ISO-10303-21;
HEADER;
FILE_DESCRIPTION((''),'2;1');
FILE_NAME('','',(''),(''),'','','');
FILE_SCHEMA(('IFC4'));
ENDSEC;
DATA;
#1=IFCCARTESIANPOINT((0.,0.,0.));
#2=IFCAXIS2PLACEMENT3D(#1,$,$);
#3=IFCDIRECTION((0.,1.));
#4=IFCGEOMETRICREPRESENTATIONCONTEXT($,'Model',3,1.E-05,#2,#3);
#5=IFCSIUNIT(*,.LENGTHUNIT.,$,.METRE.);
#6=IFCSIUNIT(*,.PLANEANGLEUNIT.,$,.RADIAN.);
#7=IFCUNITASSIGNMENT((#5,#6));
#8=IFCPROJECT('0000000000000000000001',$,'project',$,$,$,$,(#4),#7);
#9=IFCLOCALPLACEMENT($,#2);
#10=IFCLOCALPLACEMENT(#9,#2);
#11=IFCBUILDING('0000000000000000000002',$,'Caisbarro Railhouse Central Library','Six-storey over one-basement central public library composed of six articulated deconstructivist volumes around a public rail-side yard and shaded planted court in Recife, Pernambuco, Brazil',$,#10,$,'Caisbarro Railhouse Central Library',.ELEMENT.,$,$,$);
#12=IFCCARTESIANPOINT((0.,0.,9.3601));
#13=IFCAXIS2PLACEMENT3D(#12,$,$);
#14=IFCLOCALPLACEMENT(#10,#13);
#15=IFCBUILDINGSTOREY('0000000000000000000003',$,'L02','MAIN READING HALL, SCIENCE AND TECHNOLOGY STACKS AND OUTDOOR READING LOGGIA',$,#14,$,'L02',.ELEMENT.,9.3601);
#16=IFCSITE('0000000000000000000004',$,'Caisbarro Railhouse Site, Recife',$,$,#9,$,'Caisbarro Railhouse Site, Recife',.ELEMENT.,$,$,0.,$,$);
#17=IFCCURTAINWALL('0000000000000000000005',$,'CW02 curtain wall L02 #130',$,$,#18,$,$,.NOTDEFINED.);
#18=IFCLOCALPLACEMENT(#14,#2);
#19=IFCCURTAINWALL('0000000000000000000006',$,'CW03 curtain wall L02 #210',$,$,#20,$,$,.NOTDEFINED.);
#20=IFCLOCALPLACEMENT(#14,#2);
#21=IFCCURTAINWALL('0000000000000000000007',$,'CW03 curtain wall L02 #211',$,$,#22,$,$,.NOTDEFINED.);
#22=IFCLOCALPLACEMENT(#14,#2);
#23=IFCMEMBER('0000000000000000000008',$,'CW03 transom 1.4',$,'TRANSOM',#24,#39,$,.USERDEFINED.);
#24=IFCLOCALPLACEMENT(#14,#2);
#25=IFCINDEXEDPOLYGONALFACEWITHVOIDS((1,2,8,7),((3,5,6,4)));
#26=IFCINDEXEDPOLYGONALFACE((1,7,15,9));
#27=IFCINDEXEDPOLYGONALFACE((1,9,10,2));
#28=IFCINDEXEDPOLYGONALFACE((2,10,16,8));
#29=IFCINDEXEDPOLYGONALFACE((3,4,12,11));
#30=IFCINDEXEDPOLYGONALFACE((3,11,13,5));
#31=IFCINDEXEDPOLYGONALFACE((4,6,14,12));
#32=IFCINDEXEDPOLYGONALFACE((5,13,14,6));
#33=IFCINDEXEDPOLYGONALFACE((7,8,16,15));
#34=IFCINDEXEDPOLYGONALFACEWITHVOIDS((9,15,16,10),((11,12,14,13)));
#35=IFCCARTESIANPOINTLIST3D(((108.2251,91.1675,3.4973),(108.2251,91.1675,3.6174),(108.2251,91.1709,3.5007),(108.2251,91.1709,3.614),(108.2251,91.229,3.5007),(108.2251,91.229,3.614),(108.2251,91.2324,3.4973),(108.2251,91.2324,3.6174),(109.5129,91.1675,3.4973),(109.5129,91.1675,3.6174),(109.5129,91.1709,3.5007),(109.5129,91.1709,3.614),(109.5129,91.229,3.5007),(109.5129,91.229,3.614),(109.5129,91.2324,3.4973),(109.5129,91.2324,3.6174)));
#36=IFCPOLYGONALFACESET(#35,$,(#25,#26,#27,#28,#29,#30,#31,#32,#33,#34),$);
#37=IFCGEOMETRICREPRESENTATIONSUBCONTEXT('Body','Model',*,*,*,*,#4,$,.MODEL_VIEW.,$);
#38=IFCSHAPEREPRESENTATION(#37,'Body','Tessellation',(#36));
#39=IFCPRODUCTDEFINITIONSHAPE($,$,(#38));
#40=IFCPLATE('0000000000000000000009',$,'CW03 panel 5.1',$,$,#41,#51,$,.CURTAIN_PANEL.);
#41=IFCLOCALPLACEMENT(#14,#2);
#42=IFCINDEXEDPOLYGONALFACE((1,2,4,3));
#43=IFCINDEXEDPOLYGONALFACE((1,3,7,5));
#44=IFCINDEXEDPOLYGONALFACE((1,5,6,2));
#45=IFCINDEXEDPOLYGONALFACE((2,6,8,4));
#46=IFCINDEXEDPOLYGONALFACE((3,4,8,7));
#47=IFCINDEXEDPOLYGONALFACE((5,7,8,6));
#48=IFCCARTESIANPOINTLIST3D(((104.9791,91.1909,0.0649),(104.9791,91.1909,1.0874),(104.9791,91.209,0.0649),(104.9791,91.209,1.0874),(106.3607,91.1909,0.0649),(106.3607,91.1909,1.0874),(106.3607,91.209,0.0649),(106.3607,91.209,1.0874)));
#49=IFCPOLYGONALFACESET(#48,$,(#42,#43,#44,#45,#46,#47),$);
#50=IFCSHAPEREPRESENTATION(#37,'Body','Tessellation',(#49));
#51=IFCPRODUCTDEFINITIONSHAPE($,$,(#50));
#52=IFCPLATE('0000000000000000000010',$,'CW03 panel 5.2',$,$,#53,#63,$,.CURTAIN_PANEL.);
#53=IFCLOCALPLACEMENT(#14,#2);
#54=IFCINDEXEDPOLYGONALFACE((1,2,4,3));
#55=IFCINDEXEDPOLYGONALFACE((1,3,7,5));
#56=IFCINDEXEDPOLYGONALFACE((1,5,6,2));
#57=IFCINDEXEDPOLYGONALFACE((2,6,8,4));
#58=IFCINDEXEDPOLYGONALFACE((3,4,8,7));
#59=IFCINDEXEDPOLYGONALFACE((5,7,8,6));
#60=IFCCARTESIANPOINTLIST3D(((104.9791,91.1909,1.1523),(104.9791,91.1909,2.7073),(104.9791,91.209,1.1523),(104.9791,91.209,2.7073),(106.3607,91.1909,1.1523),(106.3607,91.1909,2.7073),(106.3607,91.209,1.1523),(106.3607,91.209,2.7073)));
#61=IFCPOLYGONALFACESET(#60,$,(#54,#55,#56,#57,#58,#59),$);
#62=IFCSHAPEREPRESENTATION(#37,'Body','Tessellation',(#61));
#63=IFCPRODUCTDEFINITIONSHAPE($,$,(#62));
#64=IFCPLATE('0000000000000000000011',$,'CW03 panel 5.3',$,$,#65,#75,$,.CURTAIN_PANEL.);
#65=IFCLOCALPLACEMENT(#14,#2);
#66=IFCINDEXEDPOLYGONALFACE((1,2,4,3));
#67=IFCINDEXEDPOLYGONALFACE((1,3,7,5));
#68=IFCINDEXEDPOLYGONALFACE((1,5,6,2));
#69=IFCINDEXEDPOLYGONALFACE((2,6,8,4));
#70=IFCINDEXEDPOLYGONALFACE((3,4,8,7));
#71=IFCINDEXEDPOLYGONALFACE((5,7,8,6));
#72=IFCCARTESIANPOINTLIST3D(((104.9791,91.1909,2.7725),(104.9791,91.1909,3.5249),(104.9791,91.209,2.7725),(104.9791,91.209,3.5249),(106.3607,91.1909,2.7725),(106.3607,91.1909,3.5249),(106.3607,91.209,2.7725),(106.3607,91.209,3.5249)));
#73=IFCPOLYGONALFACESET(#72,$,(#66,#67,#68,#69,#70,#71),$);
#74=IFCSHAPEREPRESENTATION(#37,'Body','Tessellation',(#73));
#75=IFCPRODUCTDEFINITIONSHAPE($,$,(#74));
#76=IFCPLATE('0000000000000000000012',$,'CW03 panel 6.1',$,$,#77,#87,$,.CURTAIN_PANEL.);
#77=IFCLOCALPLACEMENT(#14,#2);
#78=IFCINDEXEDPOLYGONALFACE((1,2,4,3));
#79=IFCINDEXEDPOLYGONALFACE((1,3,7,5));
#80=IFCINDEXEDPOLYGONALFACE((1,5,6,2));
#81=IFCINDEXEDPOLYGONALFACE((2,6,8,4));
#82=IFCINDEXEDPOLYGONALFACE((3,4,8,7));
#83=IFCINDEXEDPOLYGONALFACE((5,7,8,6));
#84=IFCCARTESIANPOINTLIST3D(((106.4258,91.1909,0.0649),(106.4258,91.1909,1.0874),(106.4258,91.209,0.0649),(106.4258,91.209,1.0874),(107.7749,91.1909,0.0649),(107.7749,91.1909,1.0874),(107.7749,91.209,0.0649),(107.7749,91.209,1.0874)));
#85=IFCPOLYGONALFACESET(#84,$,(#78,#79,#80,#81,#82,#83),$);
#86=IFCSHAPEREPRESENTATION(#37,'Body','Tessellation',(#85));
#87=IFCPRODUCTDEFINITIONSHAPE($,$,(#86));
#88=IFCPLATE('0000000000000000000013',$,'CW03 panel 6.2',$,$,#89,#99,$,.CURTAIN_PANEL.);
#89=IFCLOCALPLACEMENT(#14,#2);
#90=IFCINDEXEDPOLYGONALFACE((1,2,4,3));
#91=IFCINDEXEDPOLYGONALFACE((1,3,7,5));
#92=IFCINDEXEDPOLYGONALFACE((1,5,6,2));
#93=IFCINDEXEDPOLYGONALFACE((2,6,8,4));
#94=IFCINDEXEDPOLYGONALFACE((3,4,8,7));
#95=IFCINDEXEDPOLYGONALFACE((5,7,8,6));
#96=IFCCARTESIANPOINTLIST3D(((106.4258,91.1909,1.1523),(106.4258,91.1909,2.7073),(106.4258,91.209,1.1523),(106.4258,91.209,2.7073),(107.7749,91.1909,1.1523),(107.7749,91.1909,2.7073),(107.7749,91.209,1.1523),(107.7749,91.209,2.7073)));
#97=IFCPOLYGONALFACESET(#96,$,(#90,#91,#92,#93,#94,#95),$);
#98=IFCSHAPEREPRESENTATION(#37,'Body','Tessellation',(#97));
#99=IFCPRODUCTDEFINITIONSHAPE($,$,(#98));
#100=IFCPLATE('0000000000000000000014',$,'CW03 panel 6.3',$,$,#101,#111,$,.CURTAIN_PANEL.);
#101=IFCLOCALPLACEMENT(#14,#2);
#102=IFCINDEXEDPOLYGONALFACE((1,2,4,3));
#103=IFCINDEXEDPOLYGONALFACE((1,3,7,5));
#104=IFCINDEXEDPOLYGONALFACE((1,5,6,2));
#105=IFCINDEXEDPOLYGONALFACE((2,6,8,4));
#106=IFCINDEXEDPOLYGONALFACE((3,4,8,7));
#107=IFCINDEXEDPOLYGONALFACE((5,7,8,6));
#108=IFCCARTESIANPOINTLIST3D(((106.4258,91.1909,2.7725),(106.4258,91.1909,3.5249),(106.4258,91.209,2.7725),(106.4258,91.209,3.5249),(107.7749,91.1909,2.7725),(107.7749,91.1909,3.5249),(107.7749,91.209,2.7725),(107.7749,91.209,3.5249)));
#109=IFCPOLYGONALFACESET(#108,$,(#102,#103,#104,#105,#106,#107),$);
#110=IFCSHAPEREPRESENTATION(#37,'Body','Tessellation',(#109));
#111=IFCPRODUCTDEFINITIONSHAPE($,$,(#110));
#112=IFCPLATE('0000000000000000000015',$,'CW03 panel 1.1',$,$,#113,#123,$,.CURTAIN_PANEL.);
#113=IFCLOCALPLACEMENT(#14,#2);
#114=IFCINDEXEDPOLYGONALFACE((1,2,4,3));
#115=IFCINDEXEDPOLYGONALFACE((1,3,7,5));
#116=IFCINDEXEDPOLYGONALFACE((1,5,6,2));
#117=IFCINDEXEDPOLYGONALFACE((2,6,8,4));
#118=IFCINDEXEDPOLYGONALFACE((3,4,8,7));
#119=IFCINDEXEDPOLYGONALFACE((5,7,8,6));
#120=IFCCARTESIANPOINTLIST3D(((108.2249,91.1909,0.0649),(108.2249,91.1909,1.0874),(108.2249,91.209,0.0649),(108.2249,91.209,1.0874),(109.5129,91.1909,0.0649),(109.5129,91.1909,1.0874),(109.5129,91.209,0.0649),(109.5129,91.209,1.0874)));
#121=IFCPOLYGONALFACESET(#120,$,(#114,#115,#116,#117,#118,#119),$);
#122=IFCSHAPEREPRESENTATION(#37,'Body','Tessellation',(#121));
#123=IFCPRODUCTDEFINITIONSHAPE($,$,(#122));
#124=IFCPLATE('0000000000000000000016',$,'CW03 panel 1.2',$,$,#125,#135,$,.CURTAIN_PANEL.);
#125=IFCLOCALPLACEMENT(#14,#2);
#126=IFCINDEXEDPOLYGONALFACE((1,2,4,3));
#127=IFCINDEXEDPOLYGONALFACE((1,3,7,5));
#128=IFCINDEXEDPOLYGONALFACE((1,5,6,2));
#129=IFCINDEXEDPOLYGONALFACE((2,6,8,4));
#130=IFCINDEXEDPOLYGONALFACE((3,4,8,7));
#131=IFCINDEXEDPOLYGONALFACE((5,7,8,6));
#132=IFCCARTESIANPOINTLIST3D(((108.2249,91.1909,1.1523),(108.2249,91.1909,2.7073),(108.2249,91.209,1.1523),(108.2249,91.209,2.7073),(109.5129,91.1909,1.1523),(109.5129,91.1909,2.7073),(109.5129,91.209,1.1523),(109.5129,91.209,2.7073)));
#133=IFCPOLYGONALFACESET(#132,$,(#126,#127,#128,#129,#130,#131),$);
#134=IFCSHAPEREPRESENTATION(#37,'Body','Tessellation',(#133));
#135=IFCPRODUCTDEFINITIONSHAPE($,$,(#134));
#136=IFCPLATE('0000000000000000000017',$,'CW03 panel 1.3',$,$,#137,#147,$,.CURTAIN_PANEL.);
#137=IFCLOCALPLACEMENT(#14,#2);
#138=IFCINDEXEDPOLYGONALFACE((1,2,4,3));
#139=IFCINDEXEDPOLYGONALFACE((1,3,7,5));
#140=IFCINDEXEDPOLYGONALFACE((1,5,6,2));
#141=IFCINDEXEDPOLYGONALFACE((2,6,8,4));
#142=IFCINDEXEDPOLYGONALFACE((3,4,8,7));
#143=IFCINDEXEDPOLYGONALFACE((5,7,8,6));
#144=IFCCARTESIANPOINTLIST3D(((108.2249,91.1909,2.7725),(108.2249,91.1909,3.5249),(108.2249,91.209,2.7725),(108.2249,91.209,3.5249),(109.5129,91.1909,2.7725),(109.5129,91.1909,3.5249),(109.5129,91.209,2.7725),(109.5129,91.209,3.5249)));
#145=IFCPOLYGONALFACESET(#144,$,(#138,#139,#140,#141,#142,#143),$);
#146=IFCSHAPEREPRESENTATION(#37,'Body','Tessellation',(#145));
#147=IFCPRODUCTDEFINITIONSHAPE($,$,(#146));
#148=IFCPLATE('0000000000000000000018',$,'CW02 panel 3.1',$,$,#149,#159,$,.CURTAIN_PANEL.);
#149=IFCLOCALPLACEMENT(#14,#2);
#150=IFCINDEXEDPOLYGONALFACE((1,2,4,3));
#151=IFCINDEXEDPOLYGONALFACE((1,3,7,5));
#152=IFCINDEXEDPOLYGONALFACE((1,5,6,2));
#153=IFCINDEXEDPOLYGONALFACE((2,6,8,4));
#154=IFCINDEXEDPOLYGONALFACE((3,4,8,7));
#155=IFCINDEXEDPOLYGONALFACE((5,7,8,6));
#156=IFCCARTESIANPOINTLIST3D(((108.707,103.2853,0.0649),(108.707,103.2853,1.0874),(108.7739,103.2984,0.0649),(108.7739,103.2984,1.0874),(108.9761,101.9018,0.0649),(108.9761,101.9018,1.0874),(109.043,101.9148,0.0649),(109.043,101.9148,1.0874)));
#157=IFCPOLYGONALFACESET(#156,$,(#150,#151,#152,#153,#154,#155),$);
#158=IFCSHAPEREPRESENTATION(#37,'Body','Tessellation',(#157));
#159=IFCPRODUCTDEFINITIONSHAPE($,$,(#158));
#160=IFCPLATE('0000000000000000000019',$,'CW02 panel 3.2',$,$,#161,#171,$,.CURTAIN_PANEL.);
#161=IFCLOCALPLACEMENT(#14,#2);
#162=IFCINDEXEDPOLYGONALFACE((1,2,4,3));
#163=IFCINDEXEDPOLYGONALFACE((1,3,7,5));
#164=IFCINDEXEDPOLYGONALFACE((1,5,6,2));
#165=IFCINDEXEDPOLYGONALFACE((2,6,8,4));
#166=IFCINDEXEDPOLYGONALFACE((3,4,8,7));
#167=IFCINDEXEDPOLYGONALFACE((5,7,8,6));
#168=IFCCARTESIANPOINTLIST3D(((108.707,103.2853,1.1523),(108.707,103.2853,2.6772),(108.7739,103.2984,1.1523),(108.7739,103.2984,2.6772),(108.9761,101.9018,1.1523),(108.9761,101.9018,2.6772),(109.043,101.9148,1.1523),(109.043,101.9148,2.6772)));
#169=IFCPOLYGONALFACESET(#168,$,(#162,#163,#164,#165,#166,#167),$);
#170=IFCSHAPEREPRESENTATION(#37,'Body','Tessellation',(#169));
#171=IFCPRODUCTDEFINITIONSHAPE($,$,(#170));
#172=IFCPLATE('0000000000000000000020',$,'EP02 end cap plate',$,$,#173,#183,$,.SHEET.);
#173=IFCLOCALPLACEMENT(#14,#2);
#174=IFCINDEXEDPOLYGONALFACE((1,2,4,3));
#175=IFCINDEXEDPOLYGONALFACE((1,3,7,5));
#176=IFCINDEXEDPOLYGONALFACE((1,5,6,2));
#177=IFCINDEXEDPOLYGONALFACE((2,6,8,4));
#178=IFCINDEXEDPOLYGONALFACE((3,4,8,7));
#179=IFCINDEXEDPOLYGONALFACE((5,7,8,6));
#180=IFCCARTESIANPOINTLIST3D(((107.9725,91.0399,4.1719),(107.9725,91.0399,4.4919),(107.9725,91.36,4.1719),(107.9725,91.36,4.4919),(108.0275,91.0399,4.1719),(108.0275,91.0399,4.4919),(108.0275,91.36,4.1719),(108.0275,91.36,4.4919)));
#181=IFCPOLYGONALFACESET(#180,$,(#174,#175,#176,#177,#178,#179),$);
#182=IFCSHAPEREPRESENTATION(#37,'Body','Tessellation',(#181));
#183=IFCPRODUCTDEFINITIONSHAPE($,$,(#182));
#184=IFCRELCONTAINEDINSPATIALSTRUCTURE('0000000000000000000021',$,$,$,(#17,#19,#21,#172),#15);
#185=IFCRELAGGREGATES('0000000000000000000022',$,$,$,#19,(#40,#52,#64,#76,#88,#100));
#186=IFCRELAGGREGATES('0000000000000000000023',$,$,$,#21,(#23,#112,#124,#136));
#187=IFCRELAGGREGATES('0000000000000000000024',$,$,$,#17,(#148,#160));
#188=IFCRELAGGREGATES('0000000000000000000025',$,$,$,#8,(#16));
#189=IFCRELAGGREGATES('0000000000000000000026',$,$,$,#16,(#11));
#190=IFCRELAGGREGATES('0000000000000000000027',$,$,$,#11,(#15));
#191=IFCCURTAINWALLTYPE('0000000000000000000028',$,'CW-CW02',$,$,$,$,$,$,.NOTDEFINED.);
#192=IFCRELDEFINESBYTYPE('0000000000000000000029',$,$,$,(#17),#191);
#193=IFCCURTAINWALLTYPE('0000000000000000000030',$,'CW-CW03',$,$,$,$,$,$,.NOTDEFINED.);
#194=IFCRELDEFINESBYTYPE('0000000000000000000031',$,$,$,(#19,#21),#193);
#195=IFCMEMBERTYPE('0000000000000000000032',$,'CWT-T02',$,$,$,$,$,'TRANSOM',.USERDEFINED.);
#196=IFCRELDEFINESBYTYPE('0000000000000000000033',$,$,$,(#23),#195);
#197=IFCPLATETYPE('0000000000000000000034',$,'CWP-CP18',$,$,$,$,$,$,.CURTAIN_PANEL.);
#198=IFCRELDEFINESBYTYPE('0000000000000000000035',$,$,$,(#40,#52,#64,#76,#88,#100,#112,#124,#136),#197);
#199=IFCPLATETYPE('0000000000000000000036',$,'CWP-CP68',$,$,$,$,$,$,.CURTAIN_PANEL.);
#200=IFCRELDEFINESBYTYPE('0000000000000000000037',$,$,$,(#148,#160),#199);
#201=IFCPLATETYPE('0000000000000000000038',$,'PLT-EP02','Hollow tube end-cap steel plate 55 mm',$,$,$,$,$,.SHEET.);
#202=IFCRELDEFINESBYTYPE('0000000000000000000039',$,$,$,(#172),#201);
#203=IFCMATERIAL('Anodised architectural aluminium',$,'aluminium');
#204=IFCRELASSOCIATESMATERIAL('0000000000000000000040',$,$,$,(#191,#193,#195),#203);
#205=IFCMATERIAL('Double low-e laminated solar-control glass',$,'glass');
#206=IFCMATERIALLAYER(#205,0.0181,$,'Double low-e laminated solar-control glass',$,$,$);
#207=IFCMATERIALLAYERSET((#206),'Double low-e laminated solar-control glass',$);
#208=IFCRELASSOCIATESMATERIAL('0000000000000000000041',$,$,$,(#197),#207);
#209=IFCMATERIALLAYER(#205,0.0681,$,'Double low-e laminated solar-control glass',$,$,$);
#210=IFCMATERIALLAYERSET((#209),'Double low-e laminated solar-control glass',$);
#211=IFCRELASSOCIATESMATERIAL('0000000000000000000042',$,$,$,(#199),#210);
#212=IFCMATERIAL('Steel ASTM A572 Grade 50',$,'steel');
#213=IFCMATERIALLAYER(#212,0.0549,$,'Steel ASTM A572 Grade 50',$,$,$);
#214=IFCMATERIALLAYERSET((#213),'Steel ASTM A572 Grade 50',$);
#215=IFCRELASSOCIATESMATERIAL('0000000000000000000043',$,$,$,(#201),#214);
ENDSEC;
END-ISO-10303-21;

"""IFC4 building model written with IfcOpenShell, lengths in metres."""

from ifc_helpers import new_model, si_unit, direction, frame, origin, origin_2d, place, context, subcontext, project, spatial, rectangle, hollow_rectangle, extrude, material, layer, layer_set, material_profile, profile_set, type_object, element, aggregate, save


model = new_model("IFC4")

# Units and contexts
model_context = context("Model", 3, precision=1e-05, world=origin(), true_north=direction((0.0, 1.0)))
body_context = subcontext(model_context, "Body", "Model", "MODEL_VIEW")
ifc_project = project(units=[si_unit("LENGTHUNIT", "METRE"), si_unit("PLANEANGLEUNIT", "RADIAN")], contexts=[model_context])

# Site, building, storey
site_placement = place(None, origin())
site = spatial("IfcSite", under=ifc_project, at=site_placement, Name="Caisbarro Railhouse Site, Recife", LongName="Caisbarro Railhouse Site, Recife", CompositionType="ELEMENT", RefElevation=0.0)
building_placement = place(site_placement, origin())
building = spatial("IfcBuilding", under=site, at=building_placement, Name="Caisbarro Railhouse Central Library", Description="Six-storey over one-basement central public library composed of six articulated deconstructivist volumes around a public rail-side yard and shaded planted court in Recife, Pernambuco, Brazil", LongName="Caisbarro Railhouse Central Library", CompositionType="ELEMENT")
storey_placement = place(building_placement, frame((0.0, 0.0, 9.3601)))
storey = spatial("IfcBuildingStorey", under=building, at=storey_placement, Name="L02", Description="MAIN READING HALL, SCIENCE AND TECHNOLOGY STACKS AND OUTDOOR READING LOGGIA", LongName="L02", CompositionType="ELEMENT", Elevation=9.3601)

# Shared definitions
ifc_material_1 = material(Name="Steel ASTM A572 Grade 50", Category="steel")

# Curtain wall
ifc_material_2 = material(Name="Anodised architectural aluminium", Category="aluminium")
curtain_wall_type_1 = type_object("IfcCurtainWallType", Name="CW-CW02", PredefinedType="NOTDEFINED", material=ifc_material_2)
curtain_wall_1_placement = place(storey_placement, origin())
curtain_wall_1 = element("IfcCurtainWall", 1, at=curtain_wall_1_placement, inside=storey, type_object=curtain_wall_type_1, Name="CW02 curtain wall L02 #130", PredefinedType="NOTDEFINED")

# Curtain wall
curtain_wall_type_2 = type_object("IfcCurtainWallType", Name="CW-CW03", PredefinedType="NOTDEFINED", material=ifc_material_2)
curtain_wall_2_placement = place(storey_placement, origin())
curtain_wall_2 = element("IfcCurtainWall", 2, at=curtain_wall_2_placement, inside=storey, type_object=curtain_wall_type_2, Name="CW03 curtain wall L02 #210", PredefinedType="NOTDEFINED")

# Curtain wall
curtain_wall_3_placement = place(storey_placement, origin())
curtain_wall_3 = element("IfcCurtainWall", 3, at=curtain_wall_3_placement, inside=storey, type_object=curtain_wall_type_2, Name="CW03 curtain wall L02 #211", PredefinedType="NOTDEFINED")

# Member
ifc_material_profile_1 = material_profile(ifc_material_2, hollow_rectangle(XDim=0.0649, YDim=0.1201, WallThickness=0.0034, at=origin_2d()), Name="ALU-TRN-65X120")
ifc_profile_set_1 = profile_set([ifc_material_profile_1], Name="Anodised architectural aluminium")
member_type_1 = type_object("IfcMemberType", Name="CWT-T02", ElementType="TRANSOM", PredefinedType="USERDEFINED", material=ifc_profile_set_1)
member_1_placement = place(storey_placement, frame((108.2251, 91.2, 3.5574), z_axis=(1.0, 0.0, 0.0), x_axis=(0.0, 1.0, 0.0)))
member_1 = element("IfcMember", 4, at=member_1_placement, type_object=member_type_1, Name="CW03 transom 1.4", ObjectType="TRANSOM", PredefinedType="USERDEFINED", context=body_context, shape_type="SweptSolid", body=[
    extrude(hollow_rectangle(XDim=0.0649, YDim=0.1201, WallThickness=0.0034, at=origin_2d()), origin(), (0.0, 0.0, 1.0), 1.2878),
])

# Plates
ifc_material_3 = material(Name="Double low-e laminated solar-control glass", Category="glass")
ifc_layer_1 = layer(ifc_material_3, 0.0181, Name="Double low-e laminated solar-control glass")
ifc_layer_set_1 = layer_set([ifc_layer_1], Name="Double low-e laminated solar-control glass")
plate_type_1 = type_object("IfcPlateType", Name="CWP-CP18", PredefinedType="CURTAIN_PANEL", material=ifc_layer_set_1)
plate_1_placement = place(storey_placement, frame((105.6699, 91.2, 0.0649), z_axis=(0.0, 0.0, 1.0), x_axis=(1.0, 0.0, 0.0)))
plate_1 = element("IfcPlate", 5, at=plate_1_placement, type_object=plate_type_1, Name="CW03 panel 5.1", PredefinedType="CURTAIN_PANEL", context=body_context, shape_type="SweptSolid", body=[
    extrude(rectangle(XDim=1.3816, YDim=0.0181, at=origin_2d()), origin(), (0.0, 0.0, 1.0), 1.0225),
])
plate_2_placement = place(storey_placement, frame((105.6699, 91.2, 1.1523), z_axis=(0.0, 0.0, 1.0), x_axis=(1.0, 0.0, 0.0)))
plate_2 = element("IfcPlate", 6, at=plate_2_placement, type_object=plate_type_1, Name="CW03 panel 5.2", PredefinedType="CURTAIN_PANEL", context=body_context, shape_type="SweptSolid", body=[
    extrude(rectangle(XDim=1.3816, YDim=0.0181, at=origin_2d()), origin(), (0.0, 0.0, 1.0), 1.5549),
])
plate_3_placement = place(storey_placement, frame((105.6699, 91.2, 2.7725), z_axis=(0.0, 0.0, 1.0), x_axis=(1.0, 0.0, 0.0)))
plate_3 = element("IfcPlate", 7, at=plate_3_placement, type_object=plate_type_1, Name="CW03 panel 5.3", PredefinedType="CURTAIN_PANEL", context=body_context, shape_type="SweptSolid", body=[
    extrude(rectangle(XDim=1.3816, YDim=0.0181, at=origin_2d()), origin(), (0.0, 0.0, 1.0), 0.7524),
])
plate_4_placement = place(storey_placement, frame((107.1003, 91.2, 0.0649), z_axis=(0.0, 0.0, 1.0), x_axis=(1.0, 0.0, 0.0)))
plate_4 = element("IfcPlate", 8, at=plate_4_placement, type_object=plate_type_1, Name="CW03 panel 6.1", PredefinedType="CURTAIN_PANEL", context=body_context, shape_type="SweptSolid", body=[
    extrude(rectangle(XDim=1.3491, YDim=0.0181, at=origin_2d()), origin(), (0.0, 0.0, 1.0), 1.0225),
])
plate_5_placement = place(storey_placement, frame((107.1003, 91.2, 1.1523), z_axis=(0.0, 0.0, 1.0), x_axis=(1.0, 0.0, 0.0)))
plate_5 = element("IfcPlate", 9, at=plate_5_placement, type_object=plate_type_1, Name="CW03 panel 6.2", PredefinedType="CURTAIN_PANEL", context=body_context, shape_type="SweptSolid", body=[
    extrude(rectangle(XDim=1.3491, YDim=0.0181, at=origin_2d()), origin(), (0.0, 0.0, 1.0), 1.5549),
])
plate_6_placement = place(storey_placement, frame((107.1003, 91.2, 2.7725), z_axis=(0.0, 0.0, 1.0), x_axis=(1.0, 0.0, 0.0)))
plate_6 = element("IfcPlate", 10, at=plate_6_placement, type_object=plate_type_1, Name="CW03 panel 6.3", PredefinedType="CURTAIN_PANEL", context=body_context, shape_type="SweptSolid", body=[
    extrude(rectangle(XDim=1.3491, YDim=0.0181, at=origin_2d()), origin(), (0.0, 0.0, 1.0), 0.7524),
])
aggregate(curtain_wall_2, [plate_1, plate_2, plate_3, plate_4, plate_5, plate_6])
plate_7_placement = place(storey_placement, frame((108.8689, 91.2, 0.0649), z_axis=(0.0, 0.0, 1.0), x_axis=(1.0, 0.0, 0.0)))
plate_7 = element("IfcPlate", 11, at=plate_7_placement, type_object=plate_type_1, Name="CW03 panel 1.1", PredefinedType="CURTAIN_PANEL", context=body_context, shape_type="SweptSolid", body=[
    extrude(rectangle(XDim=1.2881, YDim=0.0181, at=origin_2d()), origin(), (0.0, 0.0, 1.0), 1.0225),
])
plate_8_placement = place(storey_placement, frame((108.8689, 91.2, 1.1523), z_axis=(0.0, 0.0, 1.0), x_axis=(1.0, 0.0, 0.0)))
plate_8 = element("IfcPlate", 12, at=plate_8_placement, type_object=plate_type_1, Name="CW03 panel 1.2", PredefinedType="CURTAIN_PANEL", context=body_context, shape_type="SweptSolid", body=[
    extrude(rectangle(XDim=1.2881, YDim=0.0181, at=origin_2d()), origin(), (0.0, 0.0, 1.0), 1.5549),
])
plate_9_placement = place(storey_placement, frame((108.8689, 91.2, 2.7725), z_axis=(0.0, 0.0, 1.0), x_axis=(1.0, 0.0, 0.0)))
plate_9 = element("IfcPlate", 13, at=plate_9_placement, type_object=plate_type_1, Name="CW03 panel 1.3", PredefinedType="CURTAIN_PANEL", context=body_context, shape_type="SweptSolid", body=[
    extrude(rectangle(XDim=1.2881, YDim=0.0181, at=origin_2d()), origin(), (0.0, 0.0, 1.0), 0.7524),
])
aggregate(curtain_wall_3, [member_1, plate_7, plate_8, plate_9])
ifc_layer_2 = layer(ifc_material_3, 0.0681, Name="Double low-e laminated solar-control glass")
ifc_layer_set_2 = layer_set([ifc_layer_2], Name="Double low-e laminated solar-control glass")
plate_type_2 = type_object("IfcPlateType", Name="CWP-CP68", PredefinedType="CURTAIN_PANEL", material=ifc_layer_set_2)
plate_10_placement = place(storey_placement, frame((108.875, 102.6001, 0.0649), z_axis=(0.0, 0.0, 1.0), x_axis=(-0.190911, 0.981607, 0.0)))
plate_10 = element("IfcPlate", 14, at=plate_10_placement, type_object=plate_type_2, Name="CW02 panel 3.1", PredefinedType="CURTAIN_PANEL", context=body_context, shape_type="SweptSolid", body=[
    extrude(rectangle(XDim=1.4094, YDim=0.0681, at=origin_2d()), origin(), (0.0, 0.0, 1.0), 1.0225),
])
plate_11_placement = place(storey_placement, frame((108.875, 102.6001, 1.1523), z_axis=(0.0, 0.0, 1.0), x_axis=(-0.190911, 0.981607, 0.0)))
plate_11 = element("IfcPlate", 15, at=plate_11_placement, type_object=plate_type_2, Name="CW02 panel 3.2", PredefinedType="CURTAIN_PANEL", context=body_context, shape_type="SweptSolid", body=[
    extrude(rectangle(XDim=1.4094, YDim=0.0681, at=origin_2d()), origin(), (0.0, 0.0, 1.0), 1.5249),
])
aggregate(curtain_wall_1, [plate_10, plate_11])
ifc_layer_3 = layer(ifc_material_1, 0.0549, Name="Steel ASTM A572 Grade 50")
ifc_layer_set_3 = layer_set([ifc_layer_3], Name="Steel ASTM A572 Grade 50")
plate_type_3 = type_object("IfcPlateType", Name="PLT-EP02", Description="Hollow tube end-cap steel plate 55 mm", PredefinedType="SHEET", material=ifc_layer_set_3)
plate_12_placement = place(storey_placement, frame((108.0, 91.2, 4.1719), z_axis=(0.0, 0.0, 1.0), x_axis=(1.0, 0.0, 0.0)))
element("IfcPlate", 16, at=plate_12_placement, inside=storey, type_object=plate_type_3, Name="EP02 end cap plate", PredefinedType="SHEET", context=body_context, shape_type="SweptSolid", body=[
    extrude(rectangle(XDim=0.0549, YDim=0.3201, at=origin_2d()), origin(), (0.0, 0.0, 1.0), 0.3201),
])

save(model, "model.ifc")
